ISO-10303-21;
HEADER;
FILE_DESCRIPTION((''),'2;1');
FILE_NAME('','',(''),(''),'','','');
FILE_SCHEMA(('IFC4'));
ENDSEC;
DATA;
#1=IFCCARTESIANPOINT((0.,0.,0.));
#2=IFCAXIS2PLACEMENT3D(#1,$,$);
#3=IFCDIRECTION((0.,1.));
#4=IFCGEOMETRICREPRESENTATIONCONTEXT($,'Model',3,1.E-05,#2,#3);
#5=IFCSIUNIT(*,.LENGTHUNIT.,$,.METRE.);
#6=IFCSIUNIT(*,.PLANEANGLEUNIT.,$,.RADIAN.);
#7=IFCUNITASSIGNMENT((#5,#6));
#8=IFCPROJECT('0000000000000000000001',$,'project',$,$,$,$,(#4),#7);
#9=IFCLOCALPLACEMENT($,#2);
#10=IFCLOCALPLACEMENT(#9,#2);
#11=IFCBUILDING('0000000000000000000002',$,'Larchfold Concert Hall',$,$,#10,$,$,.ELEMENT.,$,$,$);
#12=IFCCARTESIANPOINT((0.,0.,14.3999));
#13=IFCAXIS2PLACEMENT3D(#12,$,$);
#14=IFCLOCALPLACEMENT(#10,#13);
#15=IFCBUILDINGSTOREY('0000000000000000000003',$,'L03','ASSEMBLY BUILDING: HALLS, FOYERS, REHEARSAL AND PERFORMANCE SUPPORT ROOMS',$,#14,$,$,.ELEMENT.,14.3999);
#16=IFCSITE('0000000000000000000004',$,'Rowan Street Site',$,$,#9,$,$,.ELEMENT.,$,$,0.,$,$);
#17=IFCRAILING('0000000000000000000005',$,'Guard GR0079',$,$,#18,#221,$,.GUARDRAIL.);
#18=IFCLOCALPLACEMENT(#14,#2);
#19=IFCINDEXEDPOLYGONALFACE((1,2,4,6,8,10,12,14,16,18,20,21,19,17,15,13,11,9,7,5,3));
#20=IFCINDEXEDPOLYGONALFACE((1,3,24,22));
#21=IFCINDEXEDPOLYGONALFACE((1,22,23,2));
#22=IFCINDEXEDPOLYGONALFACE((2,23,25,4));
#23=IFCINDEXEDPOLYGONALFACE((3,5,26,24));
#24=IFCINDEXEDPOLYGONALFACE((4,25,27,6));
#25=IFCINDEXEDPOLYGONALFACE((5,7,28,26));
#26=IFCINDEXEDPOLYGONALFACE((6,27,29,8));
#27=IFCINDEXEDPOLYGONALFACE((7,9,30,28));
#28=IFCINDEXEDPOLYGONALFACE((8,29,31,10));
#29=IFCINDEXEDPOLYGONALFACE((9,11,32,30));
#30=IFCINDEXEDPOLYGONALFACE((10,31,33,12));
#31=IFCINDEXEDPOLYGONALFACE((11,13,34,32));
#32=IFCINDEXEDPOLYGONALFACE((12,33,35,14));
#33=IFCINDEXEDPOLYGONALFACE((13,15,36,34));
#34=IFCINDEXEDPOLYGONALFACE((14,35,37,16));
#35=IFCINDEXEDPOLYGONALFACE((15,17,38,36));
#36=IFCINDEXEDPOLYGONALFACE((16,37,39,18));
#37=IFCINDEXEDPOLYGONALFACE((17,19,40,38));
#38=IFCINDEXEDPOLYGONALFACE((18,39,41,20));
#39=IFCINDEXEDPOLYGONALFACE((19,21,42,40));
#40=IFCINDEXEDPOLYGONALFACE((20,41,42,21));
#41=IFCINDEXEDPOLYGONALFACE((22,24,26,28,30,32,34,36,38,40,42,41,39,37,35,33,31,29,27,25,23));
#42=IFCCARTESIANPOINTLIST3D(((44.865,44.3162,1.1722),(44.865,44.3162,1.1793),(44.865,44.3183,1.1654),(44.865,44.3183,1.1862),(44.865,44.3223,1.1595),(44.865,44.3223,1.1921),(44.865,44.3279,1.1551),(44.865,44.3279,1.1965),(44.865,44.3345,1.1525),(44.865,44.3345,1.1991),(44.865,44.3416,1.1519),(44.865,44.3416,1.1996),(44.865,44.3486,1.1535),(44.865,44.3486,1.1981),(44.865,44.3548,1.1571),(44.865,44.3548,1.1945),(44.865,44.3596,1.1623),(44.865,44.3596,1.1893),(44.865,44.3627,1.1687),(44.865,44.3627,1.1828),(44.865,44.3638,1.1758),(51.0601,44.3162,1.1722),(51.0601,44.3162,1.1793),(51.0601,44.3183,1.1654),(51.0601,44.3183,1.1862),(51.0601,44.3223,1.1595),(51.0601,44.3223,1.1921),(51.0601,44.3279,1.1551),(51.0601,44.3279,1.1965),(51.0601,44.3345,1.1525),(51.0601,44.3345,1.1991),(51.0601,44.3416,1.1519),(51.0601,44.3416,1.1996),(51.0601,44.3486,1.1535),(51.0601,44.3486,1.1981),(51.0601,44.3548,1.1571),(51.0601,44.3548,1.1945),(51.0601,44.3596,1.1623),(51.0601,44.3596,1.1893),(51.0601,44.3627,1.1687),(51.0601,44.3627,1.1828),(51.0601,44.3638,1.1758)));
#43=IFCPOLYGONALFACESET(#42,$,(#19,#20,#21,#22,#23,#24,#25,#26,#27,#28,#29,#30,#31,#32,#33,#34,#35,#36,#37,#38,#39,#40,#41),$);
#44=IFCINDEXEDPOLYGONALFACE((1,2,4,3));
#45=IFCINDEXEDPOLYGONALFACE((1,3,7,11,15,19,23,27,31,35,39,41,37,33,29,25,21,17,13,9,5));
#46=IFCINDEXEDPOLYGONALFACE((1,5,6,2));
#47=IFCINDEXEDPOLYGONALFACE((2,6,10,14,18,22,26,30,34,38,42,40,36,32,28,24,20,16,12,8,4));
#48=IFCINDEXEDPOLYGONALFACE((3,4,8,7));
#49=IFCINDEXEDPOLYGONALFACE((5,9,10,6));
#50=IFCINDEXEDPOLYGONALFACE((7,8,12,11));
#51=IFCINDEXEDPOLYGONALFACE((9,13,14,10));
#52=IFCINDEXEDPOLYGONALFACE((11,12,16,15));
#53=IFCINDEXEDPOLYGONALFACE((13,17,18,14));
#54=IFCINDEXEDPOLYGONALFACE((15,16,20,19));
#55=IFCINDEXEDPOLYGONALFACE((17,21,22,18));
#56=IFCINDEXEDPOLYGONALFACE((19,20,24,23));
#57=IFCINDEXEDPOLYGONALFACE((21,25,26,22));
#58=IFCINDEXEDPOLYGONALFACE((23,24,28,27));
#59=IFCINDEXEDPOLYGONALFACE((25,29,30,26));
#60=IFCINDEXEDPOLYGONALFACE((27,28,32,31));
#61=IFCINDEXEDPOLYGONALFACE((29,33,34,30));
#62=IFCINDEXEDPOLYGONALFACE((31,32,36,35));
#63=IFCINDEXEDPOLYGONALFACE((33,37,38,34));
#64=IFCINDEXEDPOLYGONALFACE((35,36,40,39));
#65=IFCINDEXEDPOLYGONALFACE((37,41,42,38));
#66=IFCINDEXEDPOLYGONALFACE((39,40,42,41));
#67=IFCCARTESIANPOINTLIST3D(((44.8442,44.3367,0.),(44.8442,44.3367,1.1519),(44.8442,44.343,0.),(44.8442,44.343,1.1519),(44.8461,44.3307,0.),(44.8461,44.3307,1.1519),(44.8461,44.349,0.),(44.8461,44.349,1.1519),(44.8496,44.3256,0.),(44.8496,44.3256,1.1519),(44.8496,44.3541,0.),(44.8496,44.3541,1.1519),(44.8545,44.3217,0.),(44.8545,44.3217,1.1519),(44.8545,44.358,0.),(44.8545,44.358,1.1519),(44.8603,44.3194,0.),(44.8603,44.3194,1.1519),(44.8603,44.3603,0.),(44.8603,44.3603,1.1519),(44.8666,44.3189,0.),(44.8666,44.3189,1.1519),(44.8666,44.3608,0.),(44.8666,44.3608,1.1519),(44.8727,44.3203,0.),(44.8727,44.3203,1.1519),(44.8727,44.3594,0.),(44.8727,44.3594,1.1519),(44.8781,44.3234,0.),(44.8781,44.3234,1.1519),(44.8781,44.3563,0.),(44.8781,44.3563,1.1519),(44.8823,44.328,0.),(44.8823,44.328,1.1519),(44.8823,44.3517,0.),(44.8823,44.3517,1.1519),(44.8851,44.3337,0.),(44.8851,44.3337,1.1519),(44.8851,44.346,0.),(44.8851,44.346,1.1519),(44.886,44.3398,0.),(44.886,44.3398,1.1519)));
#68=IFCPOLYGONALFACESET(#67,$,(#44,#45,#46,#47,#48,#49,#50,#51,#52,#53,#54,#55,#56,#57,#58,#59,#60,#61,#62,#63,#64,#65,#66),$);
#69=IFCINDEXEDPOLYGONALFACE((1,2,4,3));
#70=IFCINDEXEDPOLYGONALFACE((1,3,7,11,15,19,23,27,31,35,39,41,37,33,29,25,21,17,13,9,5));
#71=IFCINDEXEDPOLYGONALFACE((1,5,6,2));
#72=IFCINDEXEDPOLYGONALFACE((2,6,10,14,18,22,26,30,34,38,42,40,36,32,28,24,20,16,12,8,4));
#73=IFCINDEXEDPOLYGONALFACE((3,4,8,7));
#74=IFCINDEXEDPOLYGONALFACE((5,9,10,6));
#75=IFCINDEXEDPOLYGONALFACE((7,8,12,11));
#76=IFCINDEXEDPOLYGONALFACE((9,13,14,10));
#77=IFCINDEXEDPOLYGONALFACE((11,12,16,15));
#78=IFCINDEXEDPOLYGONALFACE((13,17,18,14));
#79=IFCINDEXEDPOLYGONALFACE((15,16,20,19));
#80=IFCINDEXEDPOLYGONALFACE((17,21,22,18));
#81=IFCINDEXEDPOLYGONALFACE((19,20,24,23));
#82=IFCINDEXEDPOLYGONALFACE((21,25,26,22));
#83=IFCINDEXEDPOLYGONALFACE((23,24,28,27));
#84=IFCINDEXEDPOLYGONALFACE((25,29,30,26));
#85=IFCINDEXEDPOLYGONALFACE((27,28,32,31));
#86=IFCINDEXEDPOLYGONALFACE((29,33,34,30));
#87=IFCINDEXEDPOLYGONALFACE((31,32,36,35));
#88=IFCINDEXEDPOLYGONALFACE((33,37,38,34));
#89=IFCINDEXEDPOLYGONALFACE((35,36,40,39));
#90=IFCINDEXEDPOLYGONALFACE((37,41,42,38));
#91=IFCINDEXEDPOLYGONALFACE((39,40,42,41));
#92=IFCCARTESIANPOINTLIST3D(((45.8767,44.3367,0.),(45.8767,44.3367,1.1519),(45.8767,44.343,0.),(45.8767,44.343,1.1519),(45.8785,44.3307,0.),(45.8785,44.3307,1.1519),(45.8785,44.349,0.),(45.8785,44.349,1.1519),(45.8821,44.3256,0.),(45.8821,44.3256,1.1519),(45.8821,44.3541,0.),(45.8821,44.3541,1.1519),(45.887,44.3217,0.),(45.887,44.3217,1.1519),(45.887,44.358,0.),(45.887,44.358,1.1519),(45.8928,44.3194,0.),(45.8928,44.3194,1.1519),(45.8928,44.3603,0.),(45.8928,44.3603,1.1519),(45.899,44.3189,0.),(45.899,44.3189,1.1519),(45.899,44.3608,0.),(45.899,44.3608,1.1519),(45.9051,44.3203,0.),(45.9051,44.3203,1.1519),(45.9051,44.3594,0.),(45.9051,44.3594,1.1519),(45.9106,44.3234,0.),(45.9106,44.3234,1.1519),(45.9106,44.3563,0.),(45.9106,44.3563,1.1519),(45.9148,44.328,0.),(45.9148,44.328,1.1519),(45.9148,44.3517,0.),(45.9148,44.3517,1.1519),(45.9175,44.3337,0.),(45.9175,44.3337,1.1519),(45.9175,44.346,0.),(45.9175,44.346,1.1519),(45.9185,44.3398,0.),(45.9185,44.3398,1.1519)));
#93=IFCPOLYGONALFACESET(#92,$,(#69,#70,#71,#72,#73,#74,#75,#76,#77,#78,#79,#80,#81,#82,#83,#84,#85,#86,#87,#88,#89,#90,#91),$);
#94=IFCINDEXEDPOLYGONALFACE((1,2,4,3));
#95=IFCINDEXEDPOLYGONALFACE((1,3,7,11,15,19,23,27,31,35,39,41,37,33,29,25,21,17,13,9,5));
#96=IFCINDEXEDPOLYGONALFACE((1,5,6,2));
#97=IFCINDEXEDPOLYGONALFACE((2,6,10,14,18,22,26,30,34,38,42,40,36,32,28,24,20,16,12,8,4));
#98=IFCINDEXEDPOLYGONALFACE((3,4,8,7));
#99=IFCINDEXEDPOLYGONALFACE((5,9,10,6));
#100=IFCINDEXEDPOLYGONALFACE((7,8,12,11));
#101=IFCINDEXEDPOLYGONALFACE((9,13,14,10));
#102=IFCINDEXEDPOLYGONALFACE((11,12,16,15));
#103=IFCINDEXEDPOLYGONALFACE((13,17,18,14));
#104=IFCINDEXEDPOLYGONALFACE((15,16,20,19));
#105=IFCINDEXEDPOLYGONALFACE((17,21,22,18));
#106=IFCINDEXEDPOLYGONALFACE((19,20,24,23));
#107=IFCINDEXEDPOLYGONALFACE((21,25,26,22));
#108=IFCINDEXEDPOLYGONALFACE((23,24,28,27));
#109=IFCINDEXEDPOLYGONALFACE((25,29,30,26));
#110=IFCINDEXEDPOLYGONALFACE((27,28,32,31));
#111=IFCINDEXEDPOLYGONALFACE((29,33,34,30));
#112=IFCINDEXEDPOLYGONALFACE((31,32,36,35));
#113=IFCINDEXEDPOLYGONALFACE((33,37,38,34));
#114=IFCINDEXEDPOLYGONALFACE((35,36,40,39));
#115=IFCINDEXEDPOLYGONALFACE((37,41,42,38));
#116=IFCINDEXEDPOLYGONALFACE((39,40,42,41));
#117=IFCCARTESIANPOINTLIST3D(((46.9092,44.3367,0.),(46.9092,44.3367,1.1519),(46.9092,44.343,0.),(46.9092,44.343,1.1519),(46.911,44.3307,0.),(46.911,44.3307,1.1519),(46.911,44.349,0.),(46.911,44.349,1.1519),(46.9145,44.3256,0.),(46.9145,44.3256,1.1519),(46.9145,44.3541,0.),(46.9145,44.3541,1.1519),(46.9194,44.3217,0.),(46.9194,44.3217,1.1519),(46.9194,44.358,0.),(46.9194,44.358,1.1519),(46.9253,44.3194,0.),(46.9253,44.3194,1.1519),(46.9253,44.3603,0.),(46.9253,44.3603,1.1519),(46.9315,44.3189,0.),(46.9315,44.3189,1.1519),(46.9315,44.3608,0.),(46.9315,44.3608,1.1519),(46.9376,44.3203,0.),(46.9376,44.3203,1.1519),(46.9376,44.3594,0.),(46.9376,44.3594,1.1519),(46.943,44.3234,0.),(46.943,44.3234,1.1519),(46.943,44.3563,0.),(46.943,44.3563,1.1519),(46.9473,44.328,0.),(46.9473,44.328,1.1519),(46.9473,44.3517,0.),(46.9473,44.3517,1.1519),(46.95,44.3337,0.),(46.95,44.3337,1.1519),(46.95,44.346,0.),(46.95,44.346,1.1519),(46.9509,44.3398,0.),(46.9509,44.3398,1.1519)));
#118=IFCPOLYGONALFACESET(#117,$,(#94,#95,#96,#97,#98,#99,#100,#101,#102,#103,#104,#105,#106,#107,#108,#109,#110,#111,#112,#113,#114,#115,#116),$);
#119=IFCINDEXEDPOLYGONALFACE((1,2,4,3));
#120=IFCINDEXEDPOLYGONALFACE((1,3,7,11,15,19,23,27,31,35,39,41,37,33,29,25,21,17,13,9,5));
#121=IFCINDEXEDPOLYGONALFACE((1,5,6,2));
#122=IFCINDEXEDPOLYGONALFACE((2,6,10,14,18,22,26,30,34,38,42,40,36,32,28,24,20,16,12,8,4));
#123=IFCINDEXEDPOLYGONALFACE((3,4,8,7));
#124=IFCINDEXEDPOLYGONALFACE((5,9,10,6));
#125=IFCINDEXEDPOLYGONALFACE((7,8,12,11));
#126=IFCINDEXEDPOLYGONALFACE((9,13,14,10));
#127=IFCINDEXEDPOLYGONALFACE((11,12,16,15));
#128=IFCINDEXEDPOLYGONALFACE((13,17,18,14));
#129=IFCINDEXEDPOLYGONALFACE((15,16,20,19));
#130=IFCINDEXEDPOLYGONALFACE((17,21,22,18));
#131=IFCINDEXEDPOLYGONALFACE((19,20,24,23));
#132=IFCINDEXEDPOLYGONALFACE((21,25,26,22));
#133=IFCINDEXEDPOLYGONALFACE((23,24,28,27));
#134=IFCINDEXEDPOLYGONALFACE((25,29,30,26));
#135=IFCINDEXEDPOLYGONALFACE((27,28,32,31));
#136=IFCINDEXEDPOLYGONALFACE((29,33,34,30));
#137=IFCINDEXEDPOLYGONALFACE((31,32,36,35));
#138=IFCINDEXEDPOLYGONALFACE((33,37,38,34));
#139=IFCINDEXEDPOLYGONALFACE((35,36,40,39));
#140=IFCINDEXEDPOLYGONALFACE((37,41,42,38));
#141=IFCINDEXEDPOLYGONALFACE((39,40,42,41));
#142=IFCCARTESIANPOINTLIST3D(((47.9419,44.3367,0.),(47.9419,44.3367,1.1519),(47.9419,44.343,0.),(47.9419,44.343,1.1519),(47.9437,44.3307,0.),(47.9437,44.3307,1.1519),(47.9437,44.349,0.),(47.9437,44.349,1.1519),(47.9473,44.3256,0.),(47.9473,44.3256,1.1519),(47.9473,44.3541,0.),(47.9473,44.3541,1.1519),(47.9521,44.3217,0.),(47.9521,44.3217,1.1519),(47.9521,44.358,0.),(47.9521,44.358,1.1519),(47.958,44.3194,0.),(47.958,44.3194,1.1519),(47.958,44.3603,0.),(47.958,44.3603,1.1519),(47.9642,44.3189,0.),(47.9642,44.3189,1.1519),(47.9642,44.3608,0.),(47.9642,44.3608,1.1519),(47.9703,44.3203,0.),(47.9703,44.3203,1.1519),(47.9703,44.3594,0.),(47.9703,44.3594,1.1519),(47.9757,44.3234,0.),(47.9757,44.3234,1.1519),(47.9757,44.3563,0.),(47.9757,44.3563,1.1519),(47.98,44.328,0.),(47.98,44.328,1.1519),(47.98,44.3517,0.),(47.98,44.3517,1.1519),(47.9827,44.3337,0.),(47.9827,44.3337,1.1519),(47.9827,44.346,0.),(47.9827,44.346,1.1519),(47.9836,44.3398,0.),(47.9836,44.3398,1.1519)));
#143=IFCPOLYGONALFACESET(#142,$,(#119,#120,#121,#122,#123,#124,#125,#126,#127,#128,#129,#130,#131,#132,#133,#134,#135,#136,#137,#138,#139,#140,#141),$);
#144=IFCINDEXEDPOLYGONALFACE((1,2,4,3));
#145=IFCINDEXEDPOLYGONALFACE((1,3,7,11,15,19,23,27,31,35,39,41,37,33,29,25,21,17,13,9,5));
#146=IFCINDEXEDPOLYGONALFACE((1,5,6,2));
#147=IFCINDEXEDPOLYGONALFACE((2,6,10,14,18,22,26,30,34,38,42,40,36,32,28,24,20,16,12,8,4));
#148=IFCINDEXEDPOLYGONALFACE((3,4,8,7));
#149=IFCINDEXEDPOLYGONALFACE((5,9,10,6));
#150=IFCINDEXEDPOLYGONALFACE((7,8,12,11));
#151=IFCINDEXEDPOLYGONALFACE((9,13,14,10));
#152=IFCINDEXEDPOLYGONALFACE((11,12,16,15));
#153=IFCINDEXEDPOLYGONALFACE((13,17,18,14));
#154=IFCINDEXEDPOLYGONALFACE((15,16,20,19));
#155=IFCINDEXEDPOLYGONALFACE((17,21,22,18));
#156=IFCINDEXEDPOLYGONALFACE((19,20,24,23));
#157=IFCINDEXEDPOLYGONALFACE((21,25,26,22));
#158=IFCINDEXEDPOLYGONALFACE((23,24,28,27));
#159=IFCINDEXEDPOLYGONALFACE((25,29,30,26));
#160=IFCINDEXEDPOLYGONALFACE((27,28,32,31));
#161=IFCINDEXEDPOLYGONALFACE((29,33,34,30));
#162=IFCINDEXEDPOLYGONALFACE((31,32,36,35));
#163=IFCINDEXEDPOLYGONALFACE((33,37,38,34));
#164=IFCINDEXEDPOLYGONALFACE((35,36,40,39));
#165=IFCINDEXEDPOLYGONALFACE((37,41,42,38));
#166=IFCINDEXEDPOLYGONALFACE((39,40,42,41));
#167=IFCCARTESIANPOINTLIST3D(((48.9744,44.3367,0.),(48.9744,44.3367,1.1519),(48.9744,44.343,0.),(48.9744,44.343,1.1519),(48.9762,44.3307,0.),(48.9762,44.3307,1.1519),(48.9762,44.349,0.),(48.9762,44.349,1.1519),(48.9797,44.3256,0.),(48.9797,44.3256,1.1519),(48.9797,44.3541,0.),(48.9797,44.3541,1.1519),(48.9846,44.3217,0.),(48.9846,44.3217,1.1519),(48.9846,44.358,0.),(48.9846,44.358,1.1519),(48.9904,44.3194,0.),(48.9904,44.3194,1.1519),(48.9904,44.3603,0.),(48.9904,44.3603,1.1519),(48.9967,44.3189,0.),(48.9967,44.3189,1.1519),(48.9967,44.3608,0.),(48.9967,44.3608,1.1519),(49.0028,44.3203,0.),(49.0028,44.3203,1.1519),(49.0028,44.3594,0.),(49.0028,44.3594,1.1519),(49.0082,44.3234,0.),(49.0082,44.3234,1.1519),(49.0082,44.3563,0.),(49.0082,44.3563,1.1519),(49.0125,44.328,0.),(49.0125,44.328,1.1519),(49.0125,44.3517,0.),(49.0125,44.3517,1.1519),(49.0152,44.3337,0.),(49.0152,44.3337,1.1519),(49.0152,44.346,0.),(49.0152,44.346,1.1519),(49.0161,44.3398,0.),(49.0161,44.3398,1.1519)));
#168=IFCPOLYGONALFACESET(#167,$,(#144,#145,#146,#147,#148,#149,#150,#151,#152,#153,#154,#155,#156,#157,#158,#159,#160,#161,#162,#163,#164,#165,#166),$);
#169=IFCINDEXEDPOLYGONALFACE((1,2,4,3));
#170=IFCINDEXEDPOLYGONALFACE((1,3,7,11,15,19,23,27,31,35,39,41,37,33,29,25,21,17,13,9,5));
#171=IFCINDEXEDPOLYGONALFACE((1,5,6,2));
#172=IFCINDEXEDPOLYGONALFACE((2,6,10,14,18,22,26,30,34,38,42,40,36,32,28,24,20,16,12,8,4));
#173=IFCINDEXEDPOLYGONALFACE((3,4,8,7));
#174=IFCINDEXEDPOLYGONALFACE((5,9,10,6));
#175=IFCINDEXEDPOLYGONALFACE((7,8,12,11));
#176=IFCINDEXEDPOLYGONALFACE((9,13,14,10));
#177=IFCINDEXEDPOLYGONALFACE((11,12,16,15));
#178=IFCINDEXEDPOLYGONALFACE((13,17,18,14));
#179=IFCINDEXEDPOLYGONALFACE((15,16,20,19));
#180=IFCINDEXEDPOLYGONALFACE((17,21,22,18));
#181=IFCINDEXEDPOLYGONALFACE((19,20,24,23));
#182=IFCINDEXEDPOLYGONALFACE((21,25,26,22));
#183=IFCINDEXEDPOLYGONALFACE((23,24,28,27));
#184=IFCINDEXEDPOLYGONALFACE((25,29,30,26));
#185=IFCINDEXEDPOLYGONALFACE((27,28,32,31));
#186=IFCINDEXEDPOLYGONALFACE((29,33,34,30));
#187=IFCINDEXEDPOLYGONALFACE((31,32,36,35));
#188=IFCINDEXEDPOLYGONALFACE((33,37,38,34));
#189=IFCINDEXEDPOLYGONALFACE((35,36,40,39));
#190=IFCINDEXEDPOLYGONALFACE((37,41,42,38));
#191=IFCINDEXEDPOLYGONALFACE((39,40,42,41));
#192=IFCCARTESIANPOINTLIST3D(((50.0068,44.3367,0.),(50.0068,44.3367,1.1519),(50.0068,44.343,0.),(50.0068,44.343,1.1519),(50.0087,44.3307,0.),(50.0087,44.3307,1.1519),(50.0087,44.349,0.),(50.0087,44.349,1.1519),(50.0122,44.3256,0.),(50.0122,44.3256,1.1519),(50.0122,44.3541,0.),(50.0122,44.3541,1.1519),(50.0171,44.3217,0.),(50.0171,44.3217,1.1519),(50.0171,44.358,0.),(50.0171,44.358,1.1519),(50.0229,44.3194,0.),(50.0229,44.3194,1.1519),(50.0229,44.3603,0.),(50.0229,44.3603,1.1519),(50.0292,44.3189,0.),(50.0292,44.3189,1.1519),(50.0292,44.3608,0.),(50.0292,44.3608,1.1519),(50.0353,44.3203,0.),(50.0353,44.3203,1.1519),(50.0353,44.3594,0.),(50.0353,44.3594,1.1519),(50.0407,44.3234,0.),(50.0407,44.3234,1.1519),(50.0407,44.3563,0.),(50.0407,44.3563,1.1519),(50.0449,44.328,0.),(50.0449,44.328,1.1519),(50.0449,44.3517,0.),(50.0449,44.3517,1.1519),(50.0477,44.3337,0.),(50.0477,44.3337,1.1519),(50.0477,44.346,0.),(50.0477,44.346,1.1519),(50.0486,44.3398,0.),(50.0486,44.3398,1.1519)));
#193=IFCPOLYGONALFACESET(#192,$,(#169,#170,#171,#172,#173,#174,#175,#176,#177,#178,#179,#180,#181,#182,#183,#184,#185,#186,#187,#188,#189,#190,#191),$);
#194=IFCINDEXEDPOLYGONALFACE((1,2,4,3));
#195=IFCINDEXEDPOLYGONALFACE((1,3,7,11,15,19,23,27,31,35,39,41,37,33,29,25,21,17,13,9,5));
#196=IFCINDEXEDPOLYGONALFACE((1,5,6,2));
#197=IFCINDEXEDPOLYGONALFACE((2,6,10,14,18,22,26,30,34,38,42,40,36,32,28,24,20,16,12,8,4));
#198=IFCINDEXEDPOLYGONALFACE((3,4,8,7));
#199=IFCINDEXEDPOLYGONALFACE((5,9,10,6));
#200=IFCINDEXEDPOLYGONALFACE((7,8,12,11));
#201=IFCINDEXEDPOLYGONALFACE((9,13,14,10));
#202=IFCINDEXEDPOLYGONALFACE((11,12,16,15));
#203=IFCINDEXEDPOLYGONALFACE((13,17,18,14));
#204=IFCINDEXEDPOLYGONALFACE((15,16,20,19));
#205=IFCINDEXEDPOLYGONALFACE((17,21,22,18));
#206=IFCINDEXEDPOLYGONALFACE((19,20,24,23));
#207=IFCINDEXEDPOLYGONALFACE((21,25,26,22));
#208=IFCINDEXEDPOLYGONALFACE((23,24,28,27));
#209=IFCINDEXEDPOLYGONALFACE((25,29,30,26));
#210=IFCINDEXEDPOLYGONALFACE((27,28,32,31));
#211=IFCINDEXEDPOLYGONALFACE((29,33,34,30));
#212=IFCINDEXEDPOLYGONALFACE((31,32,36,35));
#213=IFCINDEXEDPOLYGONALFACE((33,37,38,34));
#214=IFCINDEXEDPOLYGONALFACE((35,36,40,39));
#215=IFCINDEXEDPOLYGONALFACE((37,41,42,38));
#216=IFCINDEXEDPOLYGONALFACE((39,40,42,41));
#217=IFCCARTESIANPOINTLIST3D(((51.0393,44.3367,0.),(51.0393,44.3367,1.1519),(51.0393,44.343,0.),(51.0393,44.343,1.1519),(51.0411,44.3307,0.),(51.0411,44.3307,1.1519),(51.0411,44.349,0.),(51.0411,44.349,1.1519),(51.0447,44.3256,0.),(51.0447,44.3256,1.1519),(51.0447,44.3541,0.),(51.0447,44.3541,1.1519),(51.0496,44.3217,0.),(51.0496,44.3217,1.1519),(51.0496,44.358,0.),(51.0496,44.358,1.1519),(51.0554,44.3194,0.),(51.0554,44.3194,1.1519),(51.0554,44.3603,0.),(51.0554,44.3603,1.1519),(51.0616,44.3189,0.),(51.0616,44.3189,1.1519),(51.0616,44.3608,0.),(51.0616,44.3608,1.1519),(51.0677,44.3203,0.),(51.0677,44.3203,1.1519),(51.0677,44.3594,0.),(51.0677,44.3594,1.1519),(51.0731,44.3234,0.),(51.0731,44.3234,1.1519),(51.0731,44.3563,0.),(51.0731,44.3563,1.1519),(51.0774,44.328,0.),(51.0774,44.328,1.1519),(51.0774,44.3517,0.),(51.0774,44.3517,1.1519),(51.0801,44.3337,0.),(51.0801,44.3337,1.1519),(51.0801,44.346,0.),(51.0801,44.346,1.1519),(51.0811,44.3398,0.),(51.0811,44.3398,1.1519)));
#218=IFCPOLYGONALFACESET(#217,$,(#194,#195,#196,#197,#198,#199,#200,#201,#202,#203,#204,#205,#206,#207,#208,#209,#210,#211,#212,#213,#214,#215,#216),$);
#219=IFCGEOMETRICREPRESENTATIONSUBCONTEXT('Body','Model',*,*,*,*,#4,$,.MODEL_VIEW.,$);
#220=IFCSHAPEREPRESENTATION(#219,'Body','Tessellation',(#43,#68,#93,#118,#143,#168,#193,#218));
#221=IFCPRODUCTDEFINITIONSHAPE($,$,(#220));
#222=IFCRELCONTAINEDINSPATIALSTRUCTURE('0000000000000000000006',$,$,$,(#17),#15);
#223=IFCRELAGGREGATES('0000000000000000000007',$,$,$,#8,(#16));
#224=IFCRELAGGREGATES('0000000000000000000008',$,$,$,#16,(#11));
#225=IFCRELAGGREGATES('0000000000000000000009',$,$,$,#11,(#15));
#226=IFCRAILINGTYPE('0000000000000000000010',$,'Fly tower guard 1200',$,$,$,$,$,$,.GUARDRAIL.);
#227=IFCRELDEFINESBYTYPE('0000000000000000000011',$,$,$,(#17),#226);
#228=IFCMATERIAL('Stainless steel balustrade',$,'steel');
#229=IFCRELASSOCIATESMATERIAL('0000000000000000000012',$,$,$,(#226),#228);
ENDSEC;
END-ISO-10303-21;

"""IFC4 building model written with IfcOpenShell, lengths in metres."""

from ifc_helpers import new_model, si_unit, direction, frame, origin, origin_2d, place, context, subcontext, project, spatial, circle, extrude, material, type_object, element, save


model = new_model("IFC4")

# Units and contexts
model_context = context("Model", 3, precision=1e-05, world=origin(), true_north=direction((0.0, 1.0)))
body_context = subcontext(model_context, "Body", "Model", "MODEL_VIEW")
ifc_project = project(units=[si_unit("LENGTHUNIT", "METRE"), si_unit("PLANEANGLEUNIT", "RADIAN")], contexts=[model_context])

# Site, building, storey
site_placement = place(None, origin())
site = spatial("IfcSite", under=ifc_project, at=site_placement, Name="Rowan Street Site", CompositionType="ELEMENT", RefElevation=0.0)
building_placement = place(site_placement, origin())
building = spatial("IfcBuilding", under=site, at=building_placement, Name="Larchfold Concert Hall", CompositionType="ELEMENT")
storey_placement = place(building_placement, frame((0.0, 0.0, 14.3999)))
storey = spatial("IfcBuildingStorey", under=building, at=storey_placement, Name="L03", Description="ASSEMBLY BUILDING: HALLS, FOYERS, REHEARSAL AND PERFORMANCE SUPPORT ROOMS", CompositionType="ELEMENT", Elevation=14.3999)

# Railing
ifc_material_1 = material(Name="Stainless steel balustrade", Category="steel")
railing_type = type_object("IfcRailingType", Name="Fly tower guard 1200", PredefinedType="GUARDRAIL", material=ifc_material_1)
railing_1_placement = place(storey_placement, frame((44.865, 44.3398, 0.0)))
element("IfcRailing", 1, at=railing_1_placement, inside=storey, type_object=railing_type, Name="Guard GR0079", PredefinedType="GUARDRAIL", context=body_context, shape_type="SweptSolid", body=[
    extrude(circle(Radius=0.0239, at=origin_2d()), frame((0.0, 0.0, 1.1758), z_axis=(1.0, 0.0, 0.0), x_axis=(0.0, 1.0, 0.0)), (0.0, 0.0, 1.0), 6.1951),
    extrude(circle(Radius=0.021, at=origin_2d()), origin(), (0.0, 0.0, 1.0), 1.1519),
    extrude(circle(Radius=0.021, at=origin_2d()), frame((1.0325, 0.0, 0.0)), (0.0, 0.0, 1.0), 1.1519),
    extrude(circle(Radius=0.021, at=origin_2d()), frame((2.0649, 0.0, 0.0)), (0.0, 0.0, 1.0), 1.1519),
    extrude(circle(Radius=0.021, at=origin_2d()), frame((3.0977, 0.0, 0.0)), (0.0, 0.0, 1.0), 1.1519),
    extrude(circle(Radius=0.021, at=origin_2d()), frame((4.1301, 0.0, 0.0)), (0.0, 0.0, 1.0), 1.1519),
    extrude(circle(Radius=0.021, at=origin_2d()), frame((5.1626, 0.0, 0.0)), (0.0, 0.0, 1.0), 1.1519),
    extrude(circle(Radius=0.021, at=origin_2d()), frame((6.1951, 0.0, 0.0)), (0.0, 0.0, 1.0), 1.1519),
])

save(model, "model.ifc")
